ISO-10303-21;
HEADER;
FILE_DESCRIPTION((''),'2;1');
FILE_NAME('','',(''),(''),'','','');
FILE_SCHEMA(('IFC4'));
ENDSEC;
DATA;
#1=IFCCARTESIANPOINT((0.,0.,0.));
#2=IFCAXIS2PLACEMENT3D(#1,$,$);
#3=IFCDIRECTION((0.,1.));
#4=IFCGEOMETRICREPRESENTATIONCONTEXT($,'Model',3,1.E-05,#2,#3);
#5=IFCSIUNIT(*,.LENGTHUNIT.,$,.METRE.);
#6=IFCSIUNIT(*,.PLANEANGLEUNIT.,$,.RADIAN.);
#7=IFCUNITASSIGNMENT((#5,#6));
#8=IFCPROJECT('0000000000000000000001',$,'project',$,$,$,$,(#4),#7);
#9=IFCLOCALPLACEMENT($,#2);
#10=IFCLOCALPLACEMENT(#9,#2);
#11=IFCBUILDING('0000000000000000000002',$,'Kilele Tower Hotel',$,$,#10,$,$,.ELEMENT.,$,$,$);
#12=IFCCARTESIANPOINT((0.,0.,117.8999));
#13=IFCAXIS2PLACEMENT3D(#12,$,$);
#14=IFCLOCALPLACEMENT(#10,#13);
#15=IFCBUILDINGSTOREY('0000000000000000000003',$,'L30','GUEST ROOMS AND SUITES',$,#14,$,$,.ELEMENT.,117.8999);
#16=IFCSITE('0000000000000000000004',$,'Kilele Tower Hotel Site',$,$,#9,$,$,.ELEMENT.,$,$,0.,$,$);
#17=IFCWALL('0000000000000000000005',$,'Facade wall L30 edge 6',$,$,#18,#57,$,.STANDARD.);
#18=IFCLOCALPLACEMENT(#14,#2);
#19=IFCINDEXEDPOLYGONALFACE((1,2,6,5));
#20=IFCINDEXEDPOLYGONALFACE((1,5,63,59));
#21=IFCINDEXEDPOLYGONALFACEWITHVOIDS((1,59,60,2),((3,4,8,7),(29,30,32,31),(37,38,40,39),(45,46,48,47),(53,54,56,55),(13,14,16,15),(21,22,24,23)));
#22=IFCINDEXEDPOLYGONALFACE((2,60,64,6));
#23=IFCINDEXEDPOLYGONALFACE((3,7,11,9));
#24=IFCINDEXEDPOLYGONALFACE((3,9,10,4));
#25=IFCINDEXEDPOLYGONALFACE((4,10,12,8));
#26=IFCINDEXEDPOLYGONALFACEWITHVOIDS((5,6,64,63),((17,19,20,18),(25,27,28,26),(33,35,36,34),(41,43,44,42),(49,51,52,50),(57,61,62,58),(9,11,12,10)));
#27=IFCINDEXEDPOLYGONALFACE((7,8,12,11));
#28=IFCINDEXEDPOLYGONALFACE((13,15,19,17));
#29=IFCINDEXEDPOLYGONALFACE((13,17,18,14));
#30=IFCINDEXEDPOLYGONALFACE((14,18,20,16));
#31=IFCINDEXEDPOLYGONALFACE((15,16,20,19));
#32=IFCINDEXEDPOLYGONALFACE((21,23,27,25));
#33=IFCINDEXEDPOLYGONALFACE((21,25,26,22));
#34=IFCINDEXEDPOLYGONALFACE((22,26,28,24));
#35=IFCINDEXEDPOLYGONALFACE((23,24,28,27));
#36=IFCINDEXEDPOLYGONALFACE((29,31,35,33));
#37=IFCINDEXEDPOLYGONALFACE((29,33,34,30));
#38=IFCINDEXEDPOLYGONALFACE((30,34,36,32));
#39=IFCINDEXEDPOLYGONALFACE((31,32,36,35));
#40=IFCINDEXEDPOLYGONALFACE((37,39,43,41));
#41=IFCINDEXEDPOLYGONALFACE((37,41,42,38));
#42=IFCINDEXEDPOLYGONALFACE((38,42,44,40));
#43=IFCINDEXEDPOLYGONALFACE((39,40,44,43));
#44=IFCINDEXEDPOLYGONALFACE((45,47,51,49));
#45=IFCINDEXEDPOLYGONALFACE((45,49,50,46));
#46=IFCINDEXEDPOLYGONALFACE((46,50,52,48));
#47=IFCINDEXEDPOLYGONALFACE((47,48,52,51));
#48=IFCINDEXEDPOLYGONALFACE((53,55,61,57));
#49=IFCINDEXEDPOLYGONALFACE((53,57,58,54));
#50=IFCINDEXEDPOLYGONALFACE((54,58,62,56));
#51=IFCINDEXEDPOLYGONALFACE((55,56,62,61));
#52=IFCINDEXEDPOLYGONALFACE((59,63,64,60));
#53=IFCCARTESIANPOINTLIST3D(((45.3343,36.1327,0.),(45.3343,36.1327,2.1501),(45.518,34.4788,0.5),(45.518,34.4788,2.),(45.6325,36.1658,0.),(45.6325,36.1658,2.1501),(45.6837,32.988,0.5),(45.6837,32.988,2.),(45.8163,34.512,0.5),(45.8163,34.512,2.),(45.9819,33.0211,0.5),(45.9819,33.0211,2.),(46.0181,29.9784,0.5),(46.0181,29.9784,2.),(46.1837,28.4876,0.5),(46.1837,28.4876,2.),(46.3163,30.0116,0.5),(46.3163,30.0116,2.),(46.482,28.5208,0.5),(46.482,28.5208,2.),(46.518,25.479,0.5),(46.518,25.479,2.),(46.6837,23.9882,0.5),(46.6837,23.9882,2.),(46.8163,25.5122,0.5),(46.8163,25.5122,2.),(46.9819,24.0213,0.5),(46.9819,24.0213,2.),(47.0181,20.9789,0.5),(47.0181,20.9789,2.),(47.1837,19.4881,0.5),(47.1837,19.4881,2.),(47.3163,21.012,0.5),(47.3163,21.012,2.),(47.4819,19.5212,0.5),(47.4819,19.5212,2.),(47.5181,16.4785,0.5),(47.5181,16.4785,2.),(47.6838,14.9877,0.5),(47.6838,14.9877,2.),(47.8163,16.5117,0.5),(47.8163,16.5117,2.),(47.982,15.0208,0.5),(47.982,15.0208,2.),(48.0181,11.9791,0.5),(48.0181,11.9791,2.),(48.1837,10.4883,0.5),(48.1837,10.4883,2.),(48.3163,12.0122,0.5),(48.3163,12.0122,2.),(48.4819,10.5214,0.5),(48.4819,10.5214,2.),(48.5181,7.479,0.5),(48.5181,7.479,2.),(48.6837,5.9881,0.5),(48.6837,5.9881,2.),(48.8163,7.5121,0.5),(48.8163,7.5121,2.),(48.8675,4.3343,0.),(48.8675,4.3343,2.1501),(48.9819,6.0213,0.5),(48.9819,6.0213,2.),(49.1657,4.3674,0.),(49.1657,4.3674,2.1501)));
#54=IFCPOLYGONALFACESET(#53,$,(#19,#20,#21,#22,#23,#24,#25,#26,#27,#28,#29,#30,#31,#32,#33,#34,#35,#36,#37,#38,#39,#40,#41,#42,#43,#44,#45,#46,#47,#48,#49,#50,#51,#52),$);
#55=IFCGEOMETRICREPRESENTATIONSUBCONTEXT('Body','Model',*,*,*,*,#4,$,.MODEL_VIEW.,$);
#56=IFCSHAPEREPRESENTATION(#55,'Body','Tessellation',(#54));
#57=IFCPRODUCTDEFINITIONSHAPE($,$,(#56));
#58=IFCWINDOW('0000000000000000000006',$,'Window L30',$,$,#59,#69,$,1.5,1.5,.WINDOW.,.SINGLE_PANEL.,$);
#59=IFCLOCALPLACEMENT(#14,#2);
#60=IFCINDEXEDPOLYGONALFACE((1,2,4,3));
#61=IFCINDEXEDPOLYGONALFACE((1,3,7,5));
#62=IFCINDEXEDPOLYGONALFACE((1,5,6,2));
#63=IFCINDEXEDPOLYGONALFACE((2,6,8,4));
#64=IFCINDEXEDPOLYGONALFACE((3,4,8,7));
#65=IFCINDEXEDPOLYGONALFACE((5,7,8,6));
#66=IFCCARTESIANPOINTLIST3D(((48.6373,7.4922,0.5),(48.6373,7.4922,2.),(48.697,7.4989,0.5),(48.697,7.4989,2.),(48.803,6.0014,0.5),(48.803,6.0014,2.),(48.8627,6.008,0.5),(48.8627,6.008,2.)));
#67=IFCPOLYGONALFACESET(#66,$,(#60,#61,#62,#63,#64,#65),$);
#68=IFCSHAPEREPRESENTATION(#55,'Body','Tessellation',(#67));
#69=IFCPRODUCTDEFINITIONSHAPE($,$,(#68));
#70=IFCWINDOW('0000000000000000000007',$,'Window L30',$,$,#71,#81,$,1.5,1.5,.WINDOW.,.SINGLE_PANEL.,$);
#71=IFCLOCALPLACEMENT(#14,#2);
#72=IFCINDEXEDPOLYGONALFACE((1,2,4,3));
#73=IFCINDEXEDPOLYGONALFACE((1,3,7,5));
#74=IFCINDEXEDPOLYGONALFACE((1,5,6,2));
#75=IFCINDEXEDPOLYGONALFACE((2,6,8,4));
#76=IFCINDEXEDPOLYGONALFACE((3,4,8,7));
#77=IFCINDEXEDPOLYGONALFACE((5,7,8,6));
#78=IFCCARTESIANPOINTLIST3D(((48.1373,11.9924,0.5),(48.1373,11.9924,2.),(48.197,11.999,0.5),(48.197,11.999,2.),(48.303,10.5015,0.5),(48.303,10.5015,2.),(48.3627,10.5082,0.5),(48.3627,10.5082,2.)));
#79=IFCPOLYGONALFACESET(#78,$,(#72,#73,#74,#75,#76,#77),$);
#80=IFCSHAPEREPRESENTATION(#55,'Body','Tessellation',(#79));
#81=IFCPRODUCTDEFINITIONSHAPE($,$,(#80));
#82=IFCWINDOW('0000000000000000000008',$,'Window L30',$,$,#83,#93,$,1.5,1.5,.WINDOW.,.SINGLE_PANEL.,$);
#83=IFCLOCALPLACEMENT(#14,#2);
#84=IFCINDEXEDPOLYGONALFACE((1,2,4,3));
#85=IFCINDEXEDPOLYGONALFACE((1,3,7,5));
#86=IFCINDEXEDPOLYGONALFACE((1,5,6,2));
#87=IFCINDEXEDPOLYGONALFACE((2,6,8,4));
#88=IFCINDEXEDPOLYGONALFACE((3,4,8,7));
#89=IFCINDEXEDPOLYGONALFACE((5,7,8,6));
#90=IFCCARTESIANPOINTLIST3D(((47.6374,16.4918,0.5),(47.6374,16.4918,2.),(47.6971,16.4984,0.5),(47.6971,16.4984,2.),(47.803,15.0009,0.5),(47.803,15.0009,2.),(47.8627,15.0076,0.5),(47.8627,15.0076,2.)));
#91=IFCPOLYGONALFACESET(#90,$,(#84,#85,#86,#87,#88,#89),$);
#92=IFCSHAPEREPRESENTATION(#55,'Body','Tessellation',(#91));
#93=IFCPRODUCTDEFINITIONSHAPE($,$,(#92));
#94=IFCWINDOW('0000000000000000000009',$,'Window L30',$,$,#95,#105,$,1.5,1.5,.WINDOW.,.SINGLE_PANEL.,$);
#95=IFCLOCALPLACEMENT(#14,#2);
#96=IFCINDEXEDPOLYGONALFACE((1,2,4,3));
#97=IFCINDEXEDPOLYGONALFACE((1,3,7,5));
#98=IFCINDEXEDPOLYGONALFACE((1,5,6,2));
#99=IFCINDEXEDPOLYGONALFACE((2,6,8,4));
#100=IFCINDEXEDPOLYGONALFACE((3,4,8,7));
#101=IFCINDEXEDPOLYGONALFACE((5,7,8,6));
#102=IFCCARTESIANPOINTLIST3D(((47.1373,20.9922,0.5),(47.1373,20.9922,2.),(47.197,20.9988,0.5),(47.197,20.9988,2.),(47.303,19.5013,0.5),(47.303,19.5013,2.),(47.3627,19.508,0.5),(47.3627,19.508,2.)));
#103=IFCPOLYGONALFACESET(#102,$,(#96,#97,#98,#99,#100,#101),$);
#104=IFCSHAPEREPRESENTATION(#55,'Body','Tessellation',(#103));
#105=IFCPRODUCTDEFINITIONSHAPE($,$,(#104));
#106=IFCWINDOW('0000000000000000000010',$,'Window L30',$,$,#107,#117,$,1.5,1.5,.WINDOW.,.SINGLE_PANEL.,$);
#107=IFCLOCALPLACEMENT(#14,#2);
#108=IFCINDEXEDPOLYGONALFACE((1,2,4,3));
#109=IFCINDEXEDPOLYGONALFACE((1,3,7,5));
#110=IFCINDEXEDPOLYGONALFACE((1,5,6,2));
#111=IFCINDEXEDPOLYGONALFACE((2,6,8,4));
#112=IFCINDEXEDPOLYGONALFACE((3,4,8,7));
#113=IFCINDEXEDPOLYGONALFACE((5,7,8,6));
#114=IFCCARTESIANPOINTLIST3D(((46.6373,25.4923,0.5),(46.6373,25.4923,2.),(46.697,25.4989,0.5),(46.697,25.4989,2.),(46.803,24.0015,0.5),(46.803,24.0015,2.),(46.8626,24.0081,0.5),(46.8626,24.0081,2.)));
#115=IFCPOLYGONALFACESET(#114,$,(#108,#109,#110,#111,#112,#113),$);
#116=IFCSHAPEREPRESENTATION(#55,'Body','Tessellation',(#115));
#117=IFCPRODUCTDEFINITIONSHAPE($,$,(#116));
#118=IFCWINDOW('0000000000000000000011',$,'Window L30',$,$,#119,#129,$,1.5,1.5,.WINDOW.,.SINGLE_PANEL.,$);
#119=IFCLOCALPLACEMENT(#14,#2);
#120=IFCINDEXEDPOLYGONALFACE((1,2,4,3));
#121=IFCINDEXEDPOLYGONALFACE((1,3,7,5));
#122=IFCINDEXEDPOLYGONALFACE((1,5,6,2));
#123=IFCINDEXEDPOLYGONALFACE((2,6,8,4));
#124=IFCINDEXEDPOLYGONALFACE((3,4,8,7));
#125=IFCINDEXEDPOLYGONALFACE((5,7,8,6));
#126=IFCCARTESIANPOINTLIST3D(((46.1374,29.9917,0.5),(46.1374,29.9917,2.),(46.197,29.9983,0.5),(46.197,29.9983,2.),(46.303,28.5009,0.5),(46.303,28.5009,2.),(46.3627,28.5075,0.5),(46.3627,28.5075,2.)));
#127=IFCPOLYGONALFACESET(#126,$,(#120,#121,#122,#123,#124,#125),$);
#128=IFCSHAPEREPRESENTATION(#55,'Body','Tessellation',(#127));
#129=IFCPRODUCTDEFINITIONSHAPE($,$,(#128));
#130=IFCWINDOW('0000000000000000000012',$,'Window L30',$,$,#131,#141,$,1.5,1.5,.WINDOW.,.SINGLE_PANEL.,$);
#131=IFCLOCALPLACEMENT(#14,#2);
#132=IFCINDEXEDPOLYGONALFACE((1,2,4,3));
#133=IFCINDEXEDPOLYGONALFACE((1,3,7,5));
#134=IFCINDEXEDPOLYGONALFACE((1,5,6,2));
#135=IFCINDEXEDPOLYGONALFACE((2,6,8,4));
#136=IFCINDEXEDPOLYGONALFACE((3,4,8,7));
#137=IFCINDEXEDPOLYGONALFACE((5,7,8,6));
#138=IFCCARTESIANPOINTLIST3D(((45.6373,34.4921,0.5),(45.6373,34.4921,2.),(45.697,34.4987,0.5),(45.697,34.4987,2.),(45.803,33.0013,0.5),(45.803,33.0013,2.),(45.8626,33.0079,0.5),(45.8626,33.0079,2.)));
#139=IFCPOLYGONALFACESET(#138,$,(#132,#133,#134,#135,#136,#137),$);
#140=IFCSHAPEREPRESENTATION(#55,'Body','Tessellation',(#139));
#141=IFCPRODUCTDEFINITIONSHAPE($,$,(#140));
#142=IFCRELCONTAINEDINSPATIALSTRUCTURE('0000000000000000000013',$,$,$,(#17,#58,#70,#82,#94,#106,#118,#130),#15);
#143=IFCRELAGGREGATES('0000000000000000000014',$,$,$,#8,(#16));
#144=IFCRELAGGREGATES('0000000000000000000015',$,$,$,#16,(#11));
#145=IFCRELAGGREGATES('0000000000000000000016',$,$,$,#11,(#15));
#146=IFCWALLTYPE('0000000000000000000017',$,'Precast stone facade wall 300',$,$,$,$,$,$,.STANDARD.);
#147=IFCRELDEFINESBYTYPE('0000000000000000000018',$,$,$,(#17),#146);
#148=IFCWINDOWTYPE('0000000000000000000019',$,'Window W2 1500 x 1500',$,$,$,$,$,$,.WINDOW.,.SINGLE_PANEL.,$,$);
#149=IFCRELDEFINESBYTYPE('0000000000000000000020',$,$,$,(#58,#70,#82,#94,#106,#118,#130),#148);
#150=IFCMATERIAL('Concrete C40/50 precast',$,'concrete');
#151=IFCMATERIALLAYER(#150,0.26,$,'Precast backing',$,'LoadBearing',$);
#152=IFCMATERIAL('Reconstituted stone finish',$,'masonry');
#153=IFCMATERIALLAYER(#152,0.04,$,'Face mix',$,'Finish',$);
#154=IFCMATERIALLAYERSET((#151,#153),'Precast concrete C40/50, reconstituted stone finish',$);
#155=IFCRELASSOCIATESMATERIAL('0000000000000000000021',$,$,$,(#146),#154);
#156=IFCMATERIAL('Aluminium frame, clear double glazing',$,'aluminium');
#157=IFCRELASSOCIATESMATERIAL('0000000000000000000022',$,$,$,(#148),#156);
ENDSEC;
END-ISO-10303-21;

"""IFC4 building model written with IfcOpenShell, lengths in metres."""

from ifc_helpers import new_model, si_unit, direction, frame, frame_2d, origin, place, context, subcontext, project, spatial, rectangle, extrude, material, layer, layer_set, type_object, element, fill, save


model = new_model("IFC4")

# Units and contexts
model_context = context("Model", 3, precision=1e-05, world=origin(), true_north=direction((0.0, 1.0)))
body_context = subcontext(model_context, "Body", "Model", "MODEL_VIEW")
ifc_project = project(units=[si_unit("LENGTHUNIT", "METRE"), si_unit("PLANEANGLEUNIT", "RADIAN")], contexts=[model_context])

# Site, building, storey
site_placement = place(None, origin())
site = spatial("IfcSite", under=ifc_project, at=site_placement, Name="Kilele Tower Hotel Site", CompositionType="ELEMENT", RefElevation=0.0)
building_placement = place(site_placement, origin())
building = spatial("IfcBuilding", under=site, at=building_placement, Name="Kilele Tower Hotel", CompositionType="ELEMENT")
storey_placement = place(building_placement, frame((0.0, 0.0, 117.8999)))
storey = spatial("IfcBuildingStorey", under=building, at=storey_placement, Name="L30", Description="GUEST ROOMS AND SUITES", CompositionType="ELEMENT", Elevation=117.8999)

# Shared definitions
ifc_material_1 = material(Name="Concrete C40/50 precast", Category="concrete")
ifc_layer_1 = layer(ifc_material_1, 0.26, Name="Precast backing", Category="LoadBearing")
ifc_material_2 = material(Name="Reconstituted stone finish", Category="masonry")
ifc_layer_2 = layer(ifc_material_2, 0.04, Name="Face mix", Category="Finish")
ifc_layer_set_1 = layer_set([ifc_layer_1, ifc_layer_2], Name="Precast concrete C40/50, reconstituted stone finish")
wall_type_1 = type_object("IfcWallType", Name="Precast stone facade wall 300", PredefinedType="STANDARD", material=ifc_layer_set_1)
ifc_material_3 = material(Name="Aluminium frame, clear double glazing", Category="aluminium")
window_type = type_object("IfcWindowType", Name="Window W2 1500 x 1500", PartitioningType="SINGLE_PANEL", PredefinedType="WINDOW", material=ifc_material_3)

# Wall, openings, windows
wall_1_placement = place(storey_placement, frame((49.0166, 4.3508, 0.0), z_axis=(0.0, 0.0, 1.0), x_axis=(-0.110433, 0.993884, 0.0)))
wall_1 = element("IfcWall", 1, at=wall_1_placement, inside=storey, type_object=wall_type_1, Name="Facade wall L30 edge 6", PredefinedType="STANDARD", context=body_context, shape_type="SweptSolid", body=[
    extrude(rectangle(XDim=31.9941, YDim=0.3, at=frame_2d((15.9971, 0.0))), origin(), (0.0, 0.0, 1.0), 2.1501),
])
opening_1_placement = place(wall_1_placement, frame((1.6641, 0.0, 0.5)))
opening_1 = element("IfcOpeningElement", 2, at=opening_1_placement, cuts=wall_1, PredefinedType="OPENING", context=body_context, shape_type="SweptSolid", body=[
    extrude(rectangle(XDim=1.5, YDim=1.5, at=frame_2d((0.75, 0.75))), frame((0.0, 0.1599, 0.0), z_axis=(0.0, -1.0, 0.0), x_axis=(1.0, 0.0, 0.0)), (0.0, 0.0, 1.0), 0.3201),
])
opening_2_placement = place(wall_1_placement, frame((6.1919, 0.0, 0.5)))
opening_2 = element("IfcOpeningElement", 3, at=opening_2_placement, cuts=wall_1, PredefinedType="OPENING", context=body_context, shape_type="SweptSolid", body=[
    extrude(rectangle(XDim=1.5, YDim=1.5, at=frame_2d((0.75, 0.75))), frame((0.0, 0.1599, 0.0), z_axis=(0.0, -1.0, 0.0), x_axis=(1.0, 0.0, 0.0)), (0.0, 0.0, 1.0), 0.3201),
])
opening_3_placement = place(wall_1_placement, frame((10.719, 0.0, 0.5)))
opening_3 = element("IfcOpeningElement", 4, at=opening_3_placement, cuts=wall_1, PredefinedType="OPENING", context=body_context, shape_type="SweptSolid", body=[
    extrude(rectangle(XDim=1.5, YDim=1.5, at=frame_2d((0.75, 0.75))), frame((0.0, 0.1599, 0.0), z_axis=(0.0, -1.0, 0.0), x_axis=(1.0, 0.0, 0.0)), (0.0, 0.0, 1.0), 0.3201),
])
opening_4_placement = place(wall_1_placement, frame((15.2471, 0.0, 0.5)))
opening_4 = element("IfcOpeningElement", 5, at=opening_4_placement, cuts=wall_1, PredefinedType="OPENING", context=body_context, shape_type="SweptSolid", body=[
    extrude(rectangle(XDim=1.5, YDim=1.5, at=frame_2d((0.75, 0.75))), frame((0.0, 0.1599, 0.0), z_axis=(0.0, -1.0, 0.0), x_axis=(1.0, 0.0, 0.0)), (0.0, 0.0, 1.0), 0.3201),
])
opening_5_placement = place(wall_1_placement, frame((19.7749, 0.0, 0.5)))
opening_5 = element("IfcOpeningElement", 6, at=opening_5_placement, cuts=wall_1, PredefinedType="OPENING", context=body_context, shape_type="SweptSolid", body=[
    extrude(rectangle(XDim=1.5, YDim=1.5, at=frame_2d((0.75, 0.75))), frame((0.0, 0.1599, 0.0), z_axis=(0.0, -1.0, 0.0), x_axis=(1.0, 0.0, 0.0)), (0.0, 0.0, 1.0), 0.3201),
])
opening_6_placement = place(wall_1_placement, frame((24.302, 0.0, 0.5)))
opening_6 = element("IfcOpeningElement", 7, at=opening_6_placement, cuts=wall_1, PredefinedType="OPENING", context=body_context, shape_type="SweptSolid", body=[
    extrude(rectangle(XDim=1.5, YDim=1.5, at=frame_2d((0.75, 0.75))), frame((0.0, 0.1599, 0.0), z_axis=(0.0, -1.0, 0.0), x_axis=(1.0, 0.0, 0.0)), (0.0, 0.0, 1.0), 0.3201),
])
opening_7_placement = place(wall_1_placement, frame((28.8301, 0.0, 0.5)))
opening_7 = element("IfcOpeningElement", 8, at=opening_7_placement, cuts=wall_1, PredefinedType="OPENING", context=body_context, shape_type="SweptSolid", body=[
    extrude(rectangle(XDim=1.5, YDim=1.5, at=frame_2d((0.75, 0.75))), frame((0.0, 0.1599, 0.0), z_axis=(0.0, -1.0, 0.0), x_axis=(1.0, 0.0, 0.0)), (0.0, 0.0, 1.0), 0.3201),
])
window_1_placement = place(opening_1_placement, origin())
window_1 = element("IfcWindow", 9, at=window_1_placement, inside=storey, type_object=window_type, Name="Window L30", OverallHeight=1.5, OverallWidth=1.5, PartitioningType="SINGLE_PANEL", PredefinedType="WINDOW", context=body_context, shape_type="SweptSolid", body=[
    extrude(rectangle(XDim=1.5, YDim=1.5, at=frame_2d((0.75, 0.75))), frame((0.0, 0.03, 0.0), z_axis=(0.0, -1.0, 0.0), x_axis=(1.0, 0.0, 0.0)), (0.0, 0.0, 1.0), 0.0601),
])
fill(opening_1, window_1)
window_2_placement = place(opening_2_placement, origin())
window_2 = element("IfcWindow", 10, at=window_2_placement, inside=storey, type_object=window_type, Name="Window L30", OverallHeight=1.5, OverallWidth=1.5, PartitioningType="SINGLE_PANEL", PredefinedType="WINDOW", context=body_context, shape_type="SweptSolid", body=[
    extrude(rectangle(XDim=1.5, YDim=1.5, at=frame_2d((0.75, 0.75))), frame((0.0, 0.03, 0.0), z_axis=(0.0, -1.0, 0.0), x_axis=(1.0, 0.0, 0.0)), (0.0, 0.0, 1.0), 0.0601),
])
fill(opening_2, window_2)
window_3_placement = place(opening_3_placement, origin())
window_3 = element("IfcWindow", 11, at=window_3_placement, inside=storey, type_object=window_type, Name="Window L30", OverallHeight=1.5, OverallWidth=1.5, PartitioningType="SINGLE_PANEL", PredefinedType="WINDOW", context=body_context, shape_type="SweptSolid", body=[
    extrude(rectangle(XDim=1.5, YDim=1.5, at=frame_2d((0.75, 0.75))), frame((0.0, 0.03, 0.0), z_axis=(0.0, -1.0, 0.0), x_axis=(1.0, 0.0, 0.0)), (0.0, 0.0, 1.0), 0.0601),
])
fill(opening_3, window_3)
window_4_placement = place(opening_4_placement, origin())
window_4 = element("IfcWindow", 12, at=window_4_placement, inside=storey, type_object=window_type, Name="Window L30", OverallHeight=1.5, OverallWidth=1.5, PartitioningType="SINGLE_PANEL", PredefinedType="WINDOW", context=body_context, shape_type="SweptSolid", body=[
    extrude(rectangle(XDim=1.5, YDim=1.5, at=frame_2d((0.75, 0.75))), frame((0.0, 0.03, 0.0), z_axis=(0.0, -1.0, 0.0), x_axis=(1.0, 0.0, 0.0)), (0.0, 0.0, 1.0), 0.0601),
])
fill(opening_4, window_4)
window_5_placement = place(opening_5_placement, origin())
window_5 = element("IfcWindow", 13, at=window_5_placement, inside=storey, type_object=window_type, Name="Window L30", OverallHeight=1.5, OverallWidth=1.5, PartitioningType="SINGLE_PANEL", PredefinedType="WINDOW", context=body_context, shape_type="SweptSolid", body=[
    extrude(rectangle(XDim=1.5, YDim=1.5, at=frame_2d((0.75, 0.75))), frame((0.0, 0.03, 0.0), z_axis=(0.0, -1.0, 0.0), x_axis=(1.0, 0.0, 0.0)), (0.0, 0.0, 1.0), 0.0601),
])
fill(opening_5, window_5)
window_6_placement = place(opening_6_placement, origin())
window_6 = element("IfcWindow", 14, at=window_6_placement, inside=storey, type_object=window_type, Name="Window L30", OverallHeight=1.5, OverallWidth=1.5, PartitioningType="SINGLE_PANEL", PredefinedType="WINDOW", context=body_context, shape_type="SweptSolid", body=[
    extrude(rectangle(XDim=1.5, YDim=1.5, at=frame_2d((0.75, 0.75))), frame((0.0, 0.03, 0.0), z_axis=(0.0, -1.0, 0.0), x_axis=(1.0, 0.0, 0.0)), (0.0, 0.0, 1.0), 0.0601),
])
fill(opening_6, window_6)
window_7_placement = place(opening_7_placement, origin())
window_7 = element("IfcWindow", 15, at=window_7_placement, inside=storey, type_object=window_type, Name="Window L30", OverallHeight=1.5, OverallWidth=1.5, PartitioningType="SINGLE_PANEL", PredefinedType="WINDOW", context=body_context, shape_type="SweptSolid", body=[
    extrude(rectangle(XDim=1.5, YDim=1.5, at=frame_2d((0.75, 0.75))), frame((0.0, 0.03, 0.0), z_axis=(0.0, -1.0, 0.0), x_axis=(1.0, 0.0, 0.0)), (0.0, 0.0, 1.0), 0.0601),
])
fill(opening_7, window_7)

save(model, "model.ifc")
